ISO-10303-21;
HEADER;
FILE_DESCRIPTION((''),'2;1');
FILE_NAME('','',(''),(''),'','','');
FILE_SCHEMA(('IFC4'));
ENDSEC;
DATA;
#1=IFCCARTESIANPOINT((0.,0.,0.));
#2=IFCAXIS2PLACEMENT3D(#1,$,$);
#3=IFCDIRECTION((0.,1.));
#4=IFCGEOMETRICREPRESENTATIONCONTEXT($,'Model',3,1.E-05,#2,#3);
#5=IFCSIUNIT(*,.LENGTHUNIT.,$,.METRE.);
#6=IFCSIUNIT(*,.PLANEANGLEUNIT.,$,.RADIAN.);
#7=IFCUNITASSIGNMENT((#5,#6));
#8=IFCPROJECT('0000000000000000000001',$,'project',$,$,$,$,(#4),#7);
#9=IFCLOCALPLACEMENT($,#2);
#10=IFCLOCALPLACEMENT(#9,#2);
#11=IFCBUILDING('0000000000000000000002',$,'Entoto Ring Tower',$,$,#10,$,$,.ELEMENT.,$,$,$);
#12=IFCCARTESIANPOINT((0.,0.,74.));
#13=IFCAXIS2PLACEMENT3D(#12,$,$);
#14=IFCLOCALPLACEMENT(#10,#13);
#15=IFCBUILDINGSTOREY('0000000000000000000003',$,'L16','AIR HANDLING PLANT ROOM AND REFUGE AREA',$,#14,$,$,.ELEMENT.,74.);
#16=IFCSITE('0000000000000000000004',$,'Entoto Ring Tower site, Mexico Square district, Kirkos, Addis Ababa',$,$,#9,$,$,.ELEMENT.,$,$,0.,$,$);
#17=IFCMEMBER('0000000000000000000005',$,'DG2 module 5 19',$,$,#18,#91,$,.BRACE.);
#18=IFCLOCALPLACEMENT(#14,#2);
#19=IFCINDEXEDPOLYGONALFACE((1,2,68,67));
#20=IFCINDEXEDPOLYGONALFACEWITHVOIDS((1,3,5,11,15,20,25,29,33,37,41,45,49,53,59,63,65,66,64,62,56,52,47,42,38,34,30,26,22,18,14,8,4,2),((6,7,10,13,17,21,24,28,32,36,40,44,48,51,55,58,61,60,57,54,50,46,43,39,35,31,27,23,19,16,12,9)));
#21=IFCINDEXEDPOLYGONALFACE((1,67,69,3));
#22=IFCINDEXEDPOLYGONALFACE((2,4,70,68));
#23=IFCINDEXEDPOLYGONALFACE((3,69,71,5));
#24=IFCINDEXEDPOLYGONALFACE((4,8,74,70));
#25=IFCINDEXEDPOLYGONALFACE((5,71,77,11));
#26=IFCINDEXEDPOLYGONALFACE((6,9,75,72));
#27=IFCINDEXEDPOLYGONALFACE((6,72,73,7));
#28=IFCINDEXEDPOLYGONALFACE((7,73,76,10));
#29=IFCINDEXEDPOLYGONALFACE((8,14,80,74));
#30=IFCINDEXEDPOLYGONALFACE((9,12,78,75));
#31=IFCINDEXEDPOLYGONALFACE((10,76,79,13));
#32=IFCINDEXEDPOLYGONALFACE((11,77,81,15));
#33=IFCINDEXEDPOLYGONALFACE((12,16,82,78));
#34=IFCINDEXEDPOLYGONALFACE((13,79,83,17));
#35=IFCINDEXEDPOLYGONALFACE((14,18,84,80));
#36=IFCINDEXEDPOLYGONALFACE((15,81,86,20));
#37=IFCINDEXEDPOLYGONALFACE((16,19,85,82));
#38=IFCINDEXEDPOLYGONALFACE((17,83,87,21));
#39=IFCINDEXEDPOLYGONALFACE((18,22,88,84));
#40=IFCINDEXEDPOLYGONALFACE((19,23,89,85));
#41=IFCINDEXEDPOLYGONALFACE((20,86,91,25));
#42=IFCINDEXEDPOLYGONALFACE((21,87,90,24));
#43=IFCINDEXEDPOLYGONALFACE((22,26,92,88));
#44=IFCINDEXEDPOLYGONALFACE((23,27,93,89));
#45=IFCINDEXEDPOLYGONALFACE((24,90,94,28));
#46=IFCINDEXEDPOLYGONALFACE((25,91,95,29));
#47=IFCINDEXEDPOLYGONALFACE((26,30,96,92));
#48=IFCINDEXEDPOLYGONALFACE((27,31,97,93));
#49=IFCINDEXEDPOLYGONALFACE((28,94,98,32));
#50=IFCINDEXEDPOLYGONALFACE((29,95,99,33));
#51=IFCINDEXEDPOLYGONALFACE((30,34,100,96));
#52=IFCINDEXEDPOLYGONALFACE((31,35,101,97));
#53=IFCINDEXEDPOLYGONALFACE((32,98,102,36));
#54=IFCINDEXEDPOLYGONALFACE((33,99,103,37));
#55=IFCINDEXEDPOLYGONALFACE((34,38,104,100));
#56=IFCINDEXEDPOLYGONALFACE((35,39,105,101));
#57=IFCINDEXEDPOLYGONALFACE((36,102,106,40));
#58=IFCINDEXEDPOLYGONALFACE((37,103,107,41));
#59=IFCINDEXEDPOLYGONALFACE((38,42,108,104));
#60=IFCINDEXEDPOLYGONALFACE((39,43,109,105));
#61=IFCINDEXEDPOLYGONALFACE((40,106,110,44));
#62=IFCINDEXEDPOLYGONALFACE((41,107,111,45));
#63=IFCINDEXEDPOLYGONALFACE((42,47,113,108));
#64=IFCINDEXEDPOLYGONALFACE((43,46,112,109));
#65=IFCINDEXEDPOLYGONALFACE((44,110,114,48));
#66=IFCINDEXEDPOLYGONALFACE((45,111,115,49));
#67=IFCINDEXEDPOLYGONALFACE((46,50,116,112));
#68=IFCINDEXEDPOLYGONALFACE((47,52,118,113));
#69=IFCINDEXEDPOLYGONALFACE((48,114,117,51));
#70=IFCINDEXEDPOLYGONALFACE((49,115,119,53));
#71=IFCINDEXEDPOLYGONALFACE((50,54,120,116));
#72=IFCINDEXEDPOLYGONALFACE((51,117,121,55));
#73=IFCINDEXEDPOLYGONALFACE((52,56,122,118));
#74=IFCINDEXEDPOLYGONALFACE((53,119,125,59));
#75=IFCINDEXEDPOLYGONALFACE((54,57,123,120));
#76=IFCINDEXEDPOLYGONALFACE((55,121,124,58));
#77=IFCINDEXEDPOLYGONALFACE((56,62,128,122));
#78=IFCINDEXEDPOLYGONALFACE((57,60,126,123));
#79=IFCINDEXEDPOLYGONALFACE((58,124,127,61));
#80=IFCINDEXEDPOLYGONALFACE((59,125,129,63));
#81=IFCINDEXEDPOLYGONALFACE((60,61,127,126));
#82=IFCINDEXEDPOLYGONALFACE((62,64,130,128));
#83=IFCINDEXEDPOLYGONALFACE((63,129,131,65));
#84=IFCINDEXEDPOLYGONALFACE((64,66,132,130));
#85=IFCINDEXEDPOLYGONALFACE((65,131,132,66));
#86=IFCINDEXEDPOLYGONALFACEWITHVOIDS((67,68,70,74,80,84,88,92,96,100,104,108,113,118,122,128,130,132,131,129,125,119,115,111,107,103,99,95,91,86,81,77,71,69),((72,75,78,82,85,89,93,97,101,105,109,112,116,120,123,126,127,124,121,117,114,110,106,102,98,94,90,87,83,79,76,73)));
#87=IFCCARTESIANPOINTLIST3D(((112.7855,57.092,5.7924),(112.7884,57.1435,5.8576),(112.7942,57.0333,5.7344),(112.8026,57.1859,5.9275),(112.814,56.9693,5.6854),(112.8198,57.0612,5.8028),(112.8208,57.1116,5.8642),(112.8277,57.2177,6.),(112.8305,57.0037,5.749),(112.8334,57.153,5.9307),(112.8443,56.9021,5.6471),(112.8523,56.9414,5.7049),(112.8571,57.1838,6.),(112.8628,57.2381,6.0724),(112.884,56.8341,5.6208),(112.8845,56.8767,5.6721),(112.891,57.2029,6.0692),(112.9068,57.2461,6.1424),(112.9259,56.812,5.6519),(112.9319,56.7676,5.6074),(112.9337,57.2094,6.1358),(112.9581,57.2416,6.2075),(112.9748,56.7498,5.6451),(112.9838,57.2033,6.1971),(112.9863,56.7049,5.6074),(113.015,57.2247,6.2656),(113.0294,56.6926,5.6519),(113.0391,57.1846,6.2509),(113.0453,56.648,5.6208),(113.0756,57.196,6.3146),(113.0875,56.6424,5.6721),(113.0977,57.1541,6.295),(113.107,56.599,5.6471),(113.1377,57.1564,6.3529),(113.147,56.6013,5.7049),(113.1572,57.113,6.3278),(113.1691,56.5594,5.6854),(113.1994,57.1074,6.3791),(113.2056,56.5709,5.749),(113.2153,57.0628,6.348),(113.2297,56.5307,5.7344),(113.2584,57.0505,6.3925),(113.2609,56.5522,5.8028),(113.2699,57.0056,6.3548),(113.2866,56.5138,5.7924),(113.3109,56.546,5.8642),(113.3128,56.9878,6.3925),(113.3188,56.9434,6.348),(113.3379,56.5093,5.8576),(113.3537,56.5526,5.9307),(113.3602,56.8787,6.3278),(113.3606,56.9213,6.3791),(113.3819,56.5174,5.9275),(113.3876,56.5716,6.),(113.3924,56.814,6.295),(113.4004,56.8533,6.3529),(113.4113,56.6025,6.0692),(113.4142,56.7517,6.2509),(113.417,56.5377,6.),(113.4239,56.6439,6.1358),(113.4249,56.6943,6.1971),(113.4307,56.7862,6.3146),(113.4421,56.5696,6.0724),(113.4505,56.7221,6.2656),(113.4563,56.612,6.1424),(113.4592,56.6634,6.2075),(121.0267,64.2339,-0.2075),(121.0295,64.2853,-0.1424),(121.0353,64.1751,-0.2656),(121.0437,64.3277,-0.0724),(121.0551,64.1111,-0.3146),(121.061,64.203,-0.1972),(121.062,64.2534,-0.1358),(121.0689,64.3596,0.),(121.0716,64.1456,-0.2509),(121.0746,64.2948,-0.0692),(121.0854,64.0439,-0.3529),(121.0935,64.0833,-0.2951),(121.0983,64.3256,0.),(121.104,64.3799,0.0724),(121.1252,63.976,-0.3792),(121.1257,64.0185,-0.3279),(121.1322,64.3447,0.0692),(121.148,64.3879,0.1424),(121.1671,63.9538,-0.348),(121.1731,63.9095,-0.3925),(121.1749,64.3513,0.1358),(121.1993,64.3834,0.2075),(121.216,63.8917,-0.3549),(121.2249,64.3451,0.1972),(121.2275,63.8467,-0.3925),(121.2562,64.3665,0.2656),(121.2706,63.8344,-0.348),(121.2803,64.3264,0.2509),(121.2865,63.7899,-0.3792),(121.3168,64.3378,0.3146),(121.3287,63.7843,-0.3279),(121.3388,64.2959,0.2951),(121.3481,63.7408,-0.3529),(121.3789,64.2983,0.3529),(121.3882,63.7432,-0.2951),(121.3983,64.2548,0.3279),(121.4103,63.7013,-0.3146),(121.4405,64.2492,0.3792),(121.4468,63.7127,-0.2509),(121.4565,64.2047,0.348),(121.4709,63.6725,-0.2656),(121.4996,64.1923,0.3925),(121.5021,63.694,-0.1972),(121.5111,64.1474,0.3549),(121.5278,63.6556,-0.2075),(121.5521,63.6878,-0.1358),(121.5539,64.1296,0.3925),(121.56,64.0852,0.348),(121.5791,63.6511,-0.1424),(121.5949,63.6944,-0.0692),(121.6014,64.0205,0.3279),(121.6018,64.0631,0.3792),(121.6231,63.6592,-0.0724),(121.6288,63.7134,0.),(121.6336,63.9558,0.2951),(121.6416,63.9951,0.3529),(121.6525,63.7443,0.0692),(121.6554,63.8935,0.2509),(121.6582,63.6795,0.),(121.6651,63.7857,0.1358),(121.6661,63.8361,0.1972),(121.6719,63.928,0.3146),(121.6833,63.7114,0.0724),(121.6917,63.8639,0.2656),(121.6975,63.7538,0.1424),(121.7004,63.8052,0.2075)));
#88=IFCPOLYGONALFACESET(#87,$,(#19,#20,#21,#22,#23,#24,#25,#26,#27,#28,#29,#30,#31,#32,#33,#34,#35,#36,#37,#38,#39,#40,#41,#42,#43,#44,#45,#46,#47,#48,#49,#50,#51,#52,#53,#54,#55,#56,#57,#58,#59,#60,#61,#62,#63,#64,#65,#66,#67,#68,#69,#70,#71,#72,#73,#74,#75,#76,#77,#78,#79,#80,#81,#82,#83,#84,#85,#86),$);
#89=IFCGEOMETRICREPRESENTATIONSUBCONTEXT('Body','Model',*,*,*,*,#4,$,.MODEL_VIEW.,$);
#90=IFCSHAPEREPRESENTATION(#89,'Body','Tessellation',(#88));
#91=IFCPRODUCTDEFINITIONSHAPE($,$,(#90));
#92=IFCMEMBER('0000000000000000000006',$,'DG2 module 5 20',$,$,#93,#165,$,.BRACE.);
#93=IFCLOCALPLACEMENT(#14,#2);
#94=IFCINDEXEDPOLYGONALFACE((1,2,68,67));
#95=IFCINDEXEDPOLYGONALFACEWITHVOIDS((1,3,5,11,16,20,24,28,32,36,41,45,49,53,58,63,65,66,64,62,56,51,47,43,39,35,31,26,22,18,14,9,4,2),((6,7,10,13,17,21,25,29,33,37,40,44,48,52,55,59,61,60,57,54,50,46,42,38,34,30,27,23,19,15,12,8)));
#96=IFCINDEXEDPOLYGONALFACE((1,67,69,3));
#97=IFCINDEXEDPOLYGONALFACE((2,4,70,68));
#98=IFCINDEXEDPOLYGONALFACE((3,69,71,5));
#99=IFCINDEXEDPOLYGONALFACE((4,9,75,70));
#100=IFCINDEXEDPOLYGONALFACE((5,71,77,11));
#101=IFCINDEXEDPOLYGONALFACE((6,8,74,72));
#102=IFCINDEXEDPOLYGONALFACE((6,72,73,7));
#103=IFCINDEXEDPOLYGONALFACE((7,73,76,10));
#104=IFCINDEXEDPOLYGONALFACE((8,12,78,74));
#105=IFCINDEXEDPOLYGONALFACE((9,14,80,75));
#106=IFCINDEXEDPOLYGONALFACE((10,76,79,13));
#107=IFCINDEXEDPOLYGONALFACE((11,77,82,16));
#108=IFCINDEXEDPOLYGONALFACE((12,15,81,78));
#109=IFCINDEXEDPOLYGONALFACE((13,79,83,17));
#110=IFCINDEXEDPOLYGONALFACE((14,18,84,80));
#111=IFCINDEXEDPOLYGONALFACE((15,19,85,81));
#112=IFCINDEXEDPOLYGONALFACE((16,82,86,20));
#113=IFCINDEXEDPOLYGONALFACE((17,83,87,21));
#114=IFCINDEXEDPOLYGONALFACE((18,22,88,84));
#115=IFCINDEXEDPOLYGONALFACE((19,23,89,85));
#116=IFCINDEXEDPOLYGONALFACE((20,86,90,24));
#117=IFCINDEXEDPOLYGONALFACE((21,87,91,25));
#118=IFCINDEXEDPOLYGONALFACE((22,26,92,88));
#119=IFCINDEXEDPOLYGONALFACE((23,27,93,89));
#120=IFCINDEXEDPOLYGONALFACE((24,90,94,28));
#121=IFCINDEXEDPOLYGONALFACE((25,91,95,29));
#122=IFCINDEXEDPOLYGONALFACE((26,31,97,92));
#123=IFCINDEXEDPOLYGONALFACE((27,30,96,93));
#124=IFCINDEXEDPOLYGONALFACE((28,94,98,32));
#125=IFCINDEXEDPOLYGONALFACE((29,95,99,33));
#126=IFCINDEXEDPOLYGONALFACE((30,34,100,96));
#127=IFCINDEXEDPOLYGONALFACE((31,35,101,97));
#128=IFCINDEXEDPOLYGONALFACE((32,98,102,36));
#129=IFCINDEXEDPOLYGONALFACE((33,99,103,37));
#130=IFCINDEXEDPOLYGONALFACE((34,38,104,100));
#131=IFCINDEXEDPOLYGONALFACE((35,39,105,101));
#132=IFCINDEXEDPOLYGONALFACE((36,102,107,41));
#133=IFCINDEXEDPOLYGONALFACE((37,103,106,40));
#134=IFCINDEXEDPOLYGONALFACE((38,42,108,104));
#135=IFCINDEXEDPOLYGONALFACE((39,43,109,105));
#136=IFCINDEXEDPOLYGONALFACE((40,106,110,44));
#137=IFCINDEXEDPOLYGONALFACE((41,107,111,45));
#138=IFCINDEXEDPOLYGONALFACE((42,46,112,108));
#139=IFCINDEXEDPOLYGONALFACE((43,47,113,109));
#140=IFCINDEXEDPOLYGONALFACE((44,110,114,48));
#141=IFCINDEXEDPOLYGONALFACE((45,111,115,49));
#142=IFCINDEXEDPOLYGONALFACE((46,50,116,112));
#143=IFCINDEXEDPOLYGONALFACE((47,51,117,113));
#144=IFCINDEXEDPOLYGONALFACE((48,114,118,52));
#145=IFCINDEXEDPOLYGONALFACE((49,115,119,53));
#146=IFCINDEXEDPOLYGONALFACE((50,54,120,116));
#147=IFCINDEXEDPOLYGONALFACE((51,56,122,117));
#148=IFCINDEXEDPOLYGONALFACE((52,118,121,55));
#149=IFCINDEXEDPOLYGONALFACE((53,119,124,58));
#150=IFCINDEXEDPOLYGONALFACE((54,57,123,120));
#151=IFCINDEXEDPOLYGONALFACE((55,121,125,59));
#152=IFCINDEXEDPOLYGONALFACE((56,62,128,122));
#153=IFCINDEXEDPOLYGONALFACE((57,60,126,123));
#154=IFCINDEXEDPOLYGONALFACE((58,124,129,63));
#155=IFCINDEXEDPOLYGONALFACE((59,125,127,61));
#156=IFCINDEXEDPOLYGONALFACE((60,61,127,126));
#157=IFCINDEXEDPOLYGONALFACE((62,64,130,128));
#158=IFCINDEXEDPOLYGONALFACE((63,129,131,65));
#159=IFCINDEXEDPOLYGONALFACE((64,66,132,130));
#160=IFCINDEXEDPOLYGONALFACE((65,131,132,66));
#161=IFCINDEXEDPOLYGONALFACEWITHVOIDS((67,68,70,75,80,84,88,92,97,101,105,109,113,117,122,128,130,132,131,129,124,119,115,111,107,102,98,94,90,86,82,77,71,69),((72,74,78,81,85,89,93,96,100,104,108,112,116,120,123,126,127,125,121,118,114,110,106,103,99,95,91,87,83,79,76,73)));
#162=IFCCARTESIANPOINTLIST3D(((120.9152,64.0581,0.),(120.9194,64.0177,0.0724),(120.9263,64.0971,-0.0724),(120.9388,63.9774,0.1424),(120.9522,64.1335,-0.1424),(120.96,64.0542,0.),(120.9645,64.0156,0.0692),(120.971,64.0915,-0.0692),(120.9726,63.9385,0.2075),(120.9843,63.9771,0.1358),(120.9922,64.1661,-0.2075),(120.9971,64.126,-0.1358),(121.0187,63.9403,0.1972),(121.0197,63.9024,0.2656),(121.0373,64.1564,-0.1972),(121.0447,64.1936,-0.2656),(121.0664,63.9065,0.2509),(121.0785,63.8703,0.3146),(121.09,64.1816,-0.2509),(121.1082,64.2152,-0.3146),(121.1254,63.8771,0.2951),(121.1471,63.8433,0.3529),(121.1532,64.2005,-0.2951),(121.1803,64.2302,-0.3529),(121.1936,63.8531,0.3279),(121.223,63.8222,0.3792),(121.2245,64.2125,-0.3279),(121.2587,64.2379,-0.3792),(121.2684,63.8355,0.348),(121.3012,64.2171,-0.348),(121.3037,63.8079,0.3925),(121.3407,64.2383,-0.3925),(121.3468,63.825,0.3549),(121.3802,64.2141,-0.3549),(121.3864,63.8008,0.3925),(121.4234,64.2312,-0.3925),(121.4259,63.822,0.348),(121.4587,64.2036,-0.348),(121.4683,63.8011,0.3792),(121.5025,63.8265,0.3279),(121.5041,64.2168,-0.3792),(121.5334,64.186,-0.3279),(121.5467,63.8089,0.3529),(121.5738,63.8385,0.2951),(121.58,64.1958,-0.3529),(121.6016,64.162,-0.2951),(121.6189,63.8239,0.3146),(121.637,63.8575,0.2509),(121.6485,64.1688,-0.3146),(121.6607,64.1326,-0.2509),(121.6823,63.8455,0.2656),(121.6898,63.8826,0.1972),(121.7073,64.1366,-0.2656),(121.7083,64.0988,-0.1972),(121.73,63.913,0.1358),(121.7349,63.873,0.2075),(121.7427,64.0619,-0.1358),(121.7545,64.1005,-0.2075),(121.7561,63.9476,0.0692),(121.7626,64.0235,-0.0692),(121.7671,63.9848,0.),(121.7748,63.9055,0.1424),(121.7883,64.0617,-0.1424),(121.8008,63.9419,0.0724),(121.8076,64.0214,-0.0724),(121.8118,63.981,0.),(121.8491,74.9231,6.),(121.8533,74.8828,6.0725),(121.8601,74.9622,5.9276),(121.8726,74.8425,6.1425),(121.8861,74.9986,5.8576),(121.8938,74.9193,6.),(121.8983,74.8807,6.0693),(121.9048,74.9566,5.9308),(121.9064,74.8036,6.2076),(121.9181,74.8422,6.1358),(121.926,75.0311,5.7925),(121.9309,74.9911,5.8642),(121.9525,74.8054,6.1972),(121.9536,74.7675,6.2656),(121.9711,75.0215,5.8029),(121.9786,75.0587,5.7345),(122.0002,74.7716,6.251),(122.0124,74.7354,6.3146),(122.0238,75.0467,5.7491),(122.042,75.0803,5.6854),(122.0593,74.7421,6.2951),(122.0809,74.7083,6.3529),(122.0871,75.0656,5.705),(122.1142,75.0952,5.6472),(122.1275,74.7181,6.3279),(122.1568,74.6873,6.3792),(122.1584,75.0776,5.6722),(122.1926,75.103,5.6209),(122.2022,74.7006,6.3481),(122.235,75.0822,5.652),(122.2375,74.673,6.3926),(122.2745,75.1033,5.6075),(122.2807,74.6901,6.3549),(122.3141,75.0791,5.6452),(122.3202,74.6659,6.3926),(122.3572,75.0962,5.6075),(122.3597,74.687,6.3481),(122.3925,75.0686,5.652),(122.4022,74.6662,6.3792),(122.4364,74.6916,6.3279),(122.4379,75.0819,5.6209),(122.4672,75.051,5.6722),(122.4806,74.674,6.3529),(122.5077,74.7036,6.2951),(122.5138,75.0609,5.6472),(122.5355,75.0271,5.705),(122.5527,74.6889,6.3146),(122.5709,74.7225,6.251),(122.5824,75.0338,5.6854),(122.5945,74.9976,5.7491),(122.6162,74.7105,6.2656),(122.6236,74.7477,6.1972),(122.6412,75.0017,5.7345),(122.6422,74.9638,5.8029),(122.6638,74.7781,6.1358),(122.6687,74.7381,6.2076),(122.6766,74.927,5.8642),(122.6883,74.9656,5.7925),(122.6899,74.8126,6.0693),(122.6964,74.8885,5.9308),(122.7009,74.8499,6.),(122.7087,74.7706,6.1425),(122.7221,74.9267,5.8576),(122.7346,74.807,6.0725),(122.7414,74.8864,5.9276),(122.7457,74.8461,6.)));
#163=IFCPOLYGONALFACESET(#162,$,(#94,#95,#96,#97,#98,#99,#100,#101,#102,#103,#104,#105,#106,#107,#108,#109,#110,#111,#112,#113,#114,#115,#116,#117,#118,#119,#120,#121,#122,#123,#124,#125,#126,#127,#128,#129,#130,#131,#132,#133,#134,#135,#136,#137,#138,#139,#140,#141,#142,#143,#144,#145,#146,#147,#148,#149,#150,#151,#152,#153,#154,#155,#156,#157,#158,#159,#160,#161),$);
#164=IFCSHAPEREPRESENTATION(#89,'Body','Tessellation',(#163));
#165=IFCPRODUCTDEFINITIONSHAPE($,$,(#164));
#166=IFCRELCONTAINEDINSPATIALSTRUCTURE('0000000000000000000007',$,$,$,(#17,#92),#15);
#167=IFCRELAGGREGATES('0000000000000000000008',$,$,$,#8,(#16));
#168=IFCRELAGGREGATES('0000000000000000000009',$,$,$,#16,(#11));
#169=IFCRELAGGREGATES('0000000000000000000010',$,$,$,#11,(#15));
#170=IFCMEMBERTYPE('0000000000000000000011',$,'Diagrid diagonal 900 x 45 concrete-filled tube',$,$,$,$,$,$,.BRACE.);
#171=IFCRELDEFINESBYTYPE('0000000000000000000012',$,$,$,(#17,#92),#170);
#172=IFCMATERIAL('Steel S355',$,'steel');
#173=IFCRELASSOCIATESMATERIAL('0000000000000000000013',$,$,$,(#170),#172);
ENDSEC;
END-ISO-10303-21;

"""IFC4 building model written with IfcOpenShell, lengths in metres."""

from ifc_helpers import new_model, si_unit, direction, frame, origin, origin_2d, place, context, subcontext, project, spatial, circle, hollow_circle, extrude, material, material_profile, profile_set, type_object, element, save


model = new_model("IFC4")

# Units and contexts
model_context = context("Model", 3, precision=1e-05, world=origin(), true_north=direction((0.0, 1.0)))
body_context = subcontext(model_context, "Body", "Model", "MODEL_VIEW")
ifc_project = project(units=[si_unit("LENGTHUNIT", "METRE"), si_unit("PLANEANGLEUNIT", "RADIAN")], contexts=[model_context])

# Site, building, storey
site_placement = place(None, origin())
site = spatial("IfcSite", under=ifc_project, at=site_placement, Name="Entoto Ring Tower site, Mexico Square district, Kirkos, Addis Ababa", CompositionType="ELEMENT", RefElevation=0.0)
building_placement = place(site_placement, origin())
building = spatial("IfcBuilding", under=site, at=building_placement, Name="Entoto Ring Tower", CompositionType="ELEMENT")
storey_placement = place(building_placement, frame((0.0, 0.0, 74.0)))
storey = spatial("IfcBuildingStorey", under=building, at=storey_placement, Name="L16", Description="AIR HANDLING PLANT ROOM AND REFUGE AREA", CompositionType="ELEMENT", Elevation=74.0)

# Members
ifc_material_1 = material(Name="Steel S355", Category="steel")
ifc_material_profile_1 = material_profile(ifc_material_1, hollow_circle(Radius=0.45, WallThickness=0.0449, at=origin_2d()), Name="CHS 900 x 45")
ifc_material_2 = material(Name="Concrete C60/75", Category="concrete")
ifc_material_profile_2 = material_profile(ifc_material_2, circle(Radius=0.405, at=origin_2d()), Name="Concrete C60/75 infill")
ifc_profile_set_1 = profile_set([ifc_material_profile_1, ifc_material_profile_2], Name="Steel S355")
member_type_1 = type_object("IfcMemberType", Name="Diagrid diagonal 900 x 45 concrete-filled tube", PredefinedType="BRACE", material=ifc_profile_set_1)
for number, where, z_axis, x_axis, name in (
    (1, (121.3635, 64.0195, 0.0), (-0.662113, -0.573788, 0.482051), (0.654902, -0.755713, 0.0), "DG2 module 5 19"),
    (2, (121.3635, 64.0195, 0.0), (0.075027, 0.872922, 0.482056), (-0.996327, 0.085634, 0.0), "DG2 module 5 20"),
):
    element("IfcMember", number, at=place(storey_placement, frame(where, z_axis=z_axis, x_axis=x_axis)), inside=storey, type_object=member_type_1, Name=name, PredefinedType="BRACE", context=body_context, shape_type="SweptSolid", body=[
        extrude(hollow_circle(Radius=0.45, WallThickness=0.0449, at=origin_2d()), origin(), (0.0, 0.0, 1.0), 12.4468),
    ])

save(model, "model.ifc")
